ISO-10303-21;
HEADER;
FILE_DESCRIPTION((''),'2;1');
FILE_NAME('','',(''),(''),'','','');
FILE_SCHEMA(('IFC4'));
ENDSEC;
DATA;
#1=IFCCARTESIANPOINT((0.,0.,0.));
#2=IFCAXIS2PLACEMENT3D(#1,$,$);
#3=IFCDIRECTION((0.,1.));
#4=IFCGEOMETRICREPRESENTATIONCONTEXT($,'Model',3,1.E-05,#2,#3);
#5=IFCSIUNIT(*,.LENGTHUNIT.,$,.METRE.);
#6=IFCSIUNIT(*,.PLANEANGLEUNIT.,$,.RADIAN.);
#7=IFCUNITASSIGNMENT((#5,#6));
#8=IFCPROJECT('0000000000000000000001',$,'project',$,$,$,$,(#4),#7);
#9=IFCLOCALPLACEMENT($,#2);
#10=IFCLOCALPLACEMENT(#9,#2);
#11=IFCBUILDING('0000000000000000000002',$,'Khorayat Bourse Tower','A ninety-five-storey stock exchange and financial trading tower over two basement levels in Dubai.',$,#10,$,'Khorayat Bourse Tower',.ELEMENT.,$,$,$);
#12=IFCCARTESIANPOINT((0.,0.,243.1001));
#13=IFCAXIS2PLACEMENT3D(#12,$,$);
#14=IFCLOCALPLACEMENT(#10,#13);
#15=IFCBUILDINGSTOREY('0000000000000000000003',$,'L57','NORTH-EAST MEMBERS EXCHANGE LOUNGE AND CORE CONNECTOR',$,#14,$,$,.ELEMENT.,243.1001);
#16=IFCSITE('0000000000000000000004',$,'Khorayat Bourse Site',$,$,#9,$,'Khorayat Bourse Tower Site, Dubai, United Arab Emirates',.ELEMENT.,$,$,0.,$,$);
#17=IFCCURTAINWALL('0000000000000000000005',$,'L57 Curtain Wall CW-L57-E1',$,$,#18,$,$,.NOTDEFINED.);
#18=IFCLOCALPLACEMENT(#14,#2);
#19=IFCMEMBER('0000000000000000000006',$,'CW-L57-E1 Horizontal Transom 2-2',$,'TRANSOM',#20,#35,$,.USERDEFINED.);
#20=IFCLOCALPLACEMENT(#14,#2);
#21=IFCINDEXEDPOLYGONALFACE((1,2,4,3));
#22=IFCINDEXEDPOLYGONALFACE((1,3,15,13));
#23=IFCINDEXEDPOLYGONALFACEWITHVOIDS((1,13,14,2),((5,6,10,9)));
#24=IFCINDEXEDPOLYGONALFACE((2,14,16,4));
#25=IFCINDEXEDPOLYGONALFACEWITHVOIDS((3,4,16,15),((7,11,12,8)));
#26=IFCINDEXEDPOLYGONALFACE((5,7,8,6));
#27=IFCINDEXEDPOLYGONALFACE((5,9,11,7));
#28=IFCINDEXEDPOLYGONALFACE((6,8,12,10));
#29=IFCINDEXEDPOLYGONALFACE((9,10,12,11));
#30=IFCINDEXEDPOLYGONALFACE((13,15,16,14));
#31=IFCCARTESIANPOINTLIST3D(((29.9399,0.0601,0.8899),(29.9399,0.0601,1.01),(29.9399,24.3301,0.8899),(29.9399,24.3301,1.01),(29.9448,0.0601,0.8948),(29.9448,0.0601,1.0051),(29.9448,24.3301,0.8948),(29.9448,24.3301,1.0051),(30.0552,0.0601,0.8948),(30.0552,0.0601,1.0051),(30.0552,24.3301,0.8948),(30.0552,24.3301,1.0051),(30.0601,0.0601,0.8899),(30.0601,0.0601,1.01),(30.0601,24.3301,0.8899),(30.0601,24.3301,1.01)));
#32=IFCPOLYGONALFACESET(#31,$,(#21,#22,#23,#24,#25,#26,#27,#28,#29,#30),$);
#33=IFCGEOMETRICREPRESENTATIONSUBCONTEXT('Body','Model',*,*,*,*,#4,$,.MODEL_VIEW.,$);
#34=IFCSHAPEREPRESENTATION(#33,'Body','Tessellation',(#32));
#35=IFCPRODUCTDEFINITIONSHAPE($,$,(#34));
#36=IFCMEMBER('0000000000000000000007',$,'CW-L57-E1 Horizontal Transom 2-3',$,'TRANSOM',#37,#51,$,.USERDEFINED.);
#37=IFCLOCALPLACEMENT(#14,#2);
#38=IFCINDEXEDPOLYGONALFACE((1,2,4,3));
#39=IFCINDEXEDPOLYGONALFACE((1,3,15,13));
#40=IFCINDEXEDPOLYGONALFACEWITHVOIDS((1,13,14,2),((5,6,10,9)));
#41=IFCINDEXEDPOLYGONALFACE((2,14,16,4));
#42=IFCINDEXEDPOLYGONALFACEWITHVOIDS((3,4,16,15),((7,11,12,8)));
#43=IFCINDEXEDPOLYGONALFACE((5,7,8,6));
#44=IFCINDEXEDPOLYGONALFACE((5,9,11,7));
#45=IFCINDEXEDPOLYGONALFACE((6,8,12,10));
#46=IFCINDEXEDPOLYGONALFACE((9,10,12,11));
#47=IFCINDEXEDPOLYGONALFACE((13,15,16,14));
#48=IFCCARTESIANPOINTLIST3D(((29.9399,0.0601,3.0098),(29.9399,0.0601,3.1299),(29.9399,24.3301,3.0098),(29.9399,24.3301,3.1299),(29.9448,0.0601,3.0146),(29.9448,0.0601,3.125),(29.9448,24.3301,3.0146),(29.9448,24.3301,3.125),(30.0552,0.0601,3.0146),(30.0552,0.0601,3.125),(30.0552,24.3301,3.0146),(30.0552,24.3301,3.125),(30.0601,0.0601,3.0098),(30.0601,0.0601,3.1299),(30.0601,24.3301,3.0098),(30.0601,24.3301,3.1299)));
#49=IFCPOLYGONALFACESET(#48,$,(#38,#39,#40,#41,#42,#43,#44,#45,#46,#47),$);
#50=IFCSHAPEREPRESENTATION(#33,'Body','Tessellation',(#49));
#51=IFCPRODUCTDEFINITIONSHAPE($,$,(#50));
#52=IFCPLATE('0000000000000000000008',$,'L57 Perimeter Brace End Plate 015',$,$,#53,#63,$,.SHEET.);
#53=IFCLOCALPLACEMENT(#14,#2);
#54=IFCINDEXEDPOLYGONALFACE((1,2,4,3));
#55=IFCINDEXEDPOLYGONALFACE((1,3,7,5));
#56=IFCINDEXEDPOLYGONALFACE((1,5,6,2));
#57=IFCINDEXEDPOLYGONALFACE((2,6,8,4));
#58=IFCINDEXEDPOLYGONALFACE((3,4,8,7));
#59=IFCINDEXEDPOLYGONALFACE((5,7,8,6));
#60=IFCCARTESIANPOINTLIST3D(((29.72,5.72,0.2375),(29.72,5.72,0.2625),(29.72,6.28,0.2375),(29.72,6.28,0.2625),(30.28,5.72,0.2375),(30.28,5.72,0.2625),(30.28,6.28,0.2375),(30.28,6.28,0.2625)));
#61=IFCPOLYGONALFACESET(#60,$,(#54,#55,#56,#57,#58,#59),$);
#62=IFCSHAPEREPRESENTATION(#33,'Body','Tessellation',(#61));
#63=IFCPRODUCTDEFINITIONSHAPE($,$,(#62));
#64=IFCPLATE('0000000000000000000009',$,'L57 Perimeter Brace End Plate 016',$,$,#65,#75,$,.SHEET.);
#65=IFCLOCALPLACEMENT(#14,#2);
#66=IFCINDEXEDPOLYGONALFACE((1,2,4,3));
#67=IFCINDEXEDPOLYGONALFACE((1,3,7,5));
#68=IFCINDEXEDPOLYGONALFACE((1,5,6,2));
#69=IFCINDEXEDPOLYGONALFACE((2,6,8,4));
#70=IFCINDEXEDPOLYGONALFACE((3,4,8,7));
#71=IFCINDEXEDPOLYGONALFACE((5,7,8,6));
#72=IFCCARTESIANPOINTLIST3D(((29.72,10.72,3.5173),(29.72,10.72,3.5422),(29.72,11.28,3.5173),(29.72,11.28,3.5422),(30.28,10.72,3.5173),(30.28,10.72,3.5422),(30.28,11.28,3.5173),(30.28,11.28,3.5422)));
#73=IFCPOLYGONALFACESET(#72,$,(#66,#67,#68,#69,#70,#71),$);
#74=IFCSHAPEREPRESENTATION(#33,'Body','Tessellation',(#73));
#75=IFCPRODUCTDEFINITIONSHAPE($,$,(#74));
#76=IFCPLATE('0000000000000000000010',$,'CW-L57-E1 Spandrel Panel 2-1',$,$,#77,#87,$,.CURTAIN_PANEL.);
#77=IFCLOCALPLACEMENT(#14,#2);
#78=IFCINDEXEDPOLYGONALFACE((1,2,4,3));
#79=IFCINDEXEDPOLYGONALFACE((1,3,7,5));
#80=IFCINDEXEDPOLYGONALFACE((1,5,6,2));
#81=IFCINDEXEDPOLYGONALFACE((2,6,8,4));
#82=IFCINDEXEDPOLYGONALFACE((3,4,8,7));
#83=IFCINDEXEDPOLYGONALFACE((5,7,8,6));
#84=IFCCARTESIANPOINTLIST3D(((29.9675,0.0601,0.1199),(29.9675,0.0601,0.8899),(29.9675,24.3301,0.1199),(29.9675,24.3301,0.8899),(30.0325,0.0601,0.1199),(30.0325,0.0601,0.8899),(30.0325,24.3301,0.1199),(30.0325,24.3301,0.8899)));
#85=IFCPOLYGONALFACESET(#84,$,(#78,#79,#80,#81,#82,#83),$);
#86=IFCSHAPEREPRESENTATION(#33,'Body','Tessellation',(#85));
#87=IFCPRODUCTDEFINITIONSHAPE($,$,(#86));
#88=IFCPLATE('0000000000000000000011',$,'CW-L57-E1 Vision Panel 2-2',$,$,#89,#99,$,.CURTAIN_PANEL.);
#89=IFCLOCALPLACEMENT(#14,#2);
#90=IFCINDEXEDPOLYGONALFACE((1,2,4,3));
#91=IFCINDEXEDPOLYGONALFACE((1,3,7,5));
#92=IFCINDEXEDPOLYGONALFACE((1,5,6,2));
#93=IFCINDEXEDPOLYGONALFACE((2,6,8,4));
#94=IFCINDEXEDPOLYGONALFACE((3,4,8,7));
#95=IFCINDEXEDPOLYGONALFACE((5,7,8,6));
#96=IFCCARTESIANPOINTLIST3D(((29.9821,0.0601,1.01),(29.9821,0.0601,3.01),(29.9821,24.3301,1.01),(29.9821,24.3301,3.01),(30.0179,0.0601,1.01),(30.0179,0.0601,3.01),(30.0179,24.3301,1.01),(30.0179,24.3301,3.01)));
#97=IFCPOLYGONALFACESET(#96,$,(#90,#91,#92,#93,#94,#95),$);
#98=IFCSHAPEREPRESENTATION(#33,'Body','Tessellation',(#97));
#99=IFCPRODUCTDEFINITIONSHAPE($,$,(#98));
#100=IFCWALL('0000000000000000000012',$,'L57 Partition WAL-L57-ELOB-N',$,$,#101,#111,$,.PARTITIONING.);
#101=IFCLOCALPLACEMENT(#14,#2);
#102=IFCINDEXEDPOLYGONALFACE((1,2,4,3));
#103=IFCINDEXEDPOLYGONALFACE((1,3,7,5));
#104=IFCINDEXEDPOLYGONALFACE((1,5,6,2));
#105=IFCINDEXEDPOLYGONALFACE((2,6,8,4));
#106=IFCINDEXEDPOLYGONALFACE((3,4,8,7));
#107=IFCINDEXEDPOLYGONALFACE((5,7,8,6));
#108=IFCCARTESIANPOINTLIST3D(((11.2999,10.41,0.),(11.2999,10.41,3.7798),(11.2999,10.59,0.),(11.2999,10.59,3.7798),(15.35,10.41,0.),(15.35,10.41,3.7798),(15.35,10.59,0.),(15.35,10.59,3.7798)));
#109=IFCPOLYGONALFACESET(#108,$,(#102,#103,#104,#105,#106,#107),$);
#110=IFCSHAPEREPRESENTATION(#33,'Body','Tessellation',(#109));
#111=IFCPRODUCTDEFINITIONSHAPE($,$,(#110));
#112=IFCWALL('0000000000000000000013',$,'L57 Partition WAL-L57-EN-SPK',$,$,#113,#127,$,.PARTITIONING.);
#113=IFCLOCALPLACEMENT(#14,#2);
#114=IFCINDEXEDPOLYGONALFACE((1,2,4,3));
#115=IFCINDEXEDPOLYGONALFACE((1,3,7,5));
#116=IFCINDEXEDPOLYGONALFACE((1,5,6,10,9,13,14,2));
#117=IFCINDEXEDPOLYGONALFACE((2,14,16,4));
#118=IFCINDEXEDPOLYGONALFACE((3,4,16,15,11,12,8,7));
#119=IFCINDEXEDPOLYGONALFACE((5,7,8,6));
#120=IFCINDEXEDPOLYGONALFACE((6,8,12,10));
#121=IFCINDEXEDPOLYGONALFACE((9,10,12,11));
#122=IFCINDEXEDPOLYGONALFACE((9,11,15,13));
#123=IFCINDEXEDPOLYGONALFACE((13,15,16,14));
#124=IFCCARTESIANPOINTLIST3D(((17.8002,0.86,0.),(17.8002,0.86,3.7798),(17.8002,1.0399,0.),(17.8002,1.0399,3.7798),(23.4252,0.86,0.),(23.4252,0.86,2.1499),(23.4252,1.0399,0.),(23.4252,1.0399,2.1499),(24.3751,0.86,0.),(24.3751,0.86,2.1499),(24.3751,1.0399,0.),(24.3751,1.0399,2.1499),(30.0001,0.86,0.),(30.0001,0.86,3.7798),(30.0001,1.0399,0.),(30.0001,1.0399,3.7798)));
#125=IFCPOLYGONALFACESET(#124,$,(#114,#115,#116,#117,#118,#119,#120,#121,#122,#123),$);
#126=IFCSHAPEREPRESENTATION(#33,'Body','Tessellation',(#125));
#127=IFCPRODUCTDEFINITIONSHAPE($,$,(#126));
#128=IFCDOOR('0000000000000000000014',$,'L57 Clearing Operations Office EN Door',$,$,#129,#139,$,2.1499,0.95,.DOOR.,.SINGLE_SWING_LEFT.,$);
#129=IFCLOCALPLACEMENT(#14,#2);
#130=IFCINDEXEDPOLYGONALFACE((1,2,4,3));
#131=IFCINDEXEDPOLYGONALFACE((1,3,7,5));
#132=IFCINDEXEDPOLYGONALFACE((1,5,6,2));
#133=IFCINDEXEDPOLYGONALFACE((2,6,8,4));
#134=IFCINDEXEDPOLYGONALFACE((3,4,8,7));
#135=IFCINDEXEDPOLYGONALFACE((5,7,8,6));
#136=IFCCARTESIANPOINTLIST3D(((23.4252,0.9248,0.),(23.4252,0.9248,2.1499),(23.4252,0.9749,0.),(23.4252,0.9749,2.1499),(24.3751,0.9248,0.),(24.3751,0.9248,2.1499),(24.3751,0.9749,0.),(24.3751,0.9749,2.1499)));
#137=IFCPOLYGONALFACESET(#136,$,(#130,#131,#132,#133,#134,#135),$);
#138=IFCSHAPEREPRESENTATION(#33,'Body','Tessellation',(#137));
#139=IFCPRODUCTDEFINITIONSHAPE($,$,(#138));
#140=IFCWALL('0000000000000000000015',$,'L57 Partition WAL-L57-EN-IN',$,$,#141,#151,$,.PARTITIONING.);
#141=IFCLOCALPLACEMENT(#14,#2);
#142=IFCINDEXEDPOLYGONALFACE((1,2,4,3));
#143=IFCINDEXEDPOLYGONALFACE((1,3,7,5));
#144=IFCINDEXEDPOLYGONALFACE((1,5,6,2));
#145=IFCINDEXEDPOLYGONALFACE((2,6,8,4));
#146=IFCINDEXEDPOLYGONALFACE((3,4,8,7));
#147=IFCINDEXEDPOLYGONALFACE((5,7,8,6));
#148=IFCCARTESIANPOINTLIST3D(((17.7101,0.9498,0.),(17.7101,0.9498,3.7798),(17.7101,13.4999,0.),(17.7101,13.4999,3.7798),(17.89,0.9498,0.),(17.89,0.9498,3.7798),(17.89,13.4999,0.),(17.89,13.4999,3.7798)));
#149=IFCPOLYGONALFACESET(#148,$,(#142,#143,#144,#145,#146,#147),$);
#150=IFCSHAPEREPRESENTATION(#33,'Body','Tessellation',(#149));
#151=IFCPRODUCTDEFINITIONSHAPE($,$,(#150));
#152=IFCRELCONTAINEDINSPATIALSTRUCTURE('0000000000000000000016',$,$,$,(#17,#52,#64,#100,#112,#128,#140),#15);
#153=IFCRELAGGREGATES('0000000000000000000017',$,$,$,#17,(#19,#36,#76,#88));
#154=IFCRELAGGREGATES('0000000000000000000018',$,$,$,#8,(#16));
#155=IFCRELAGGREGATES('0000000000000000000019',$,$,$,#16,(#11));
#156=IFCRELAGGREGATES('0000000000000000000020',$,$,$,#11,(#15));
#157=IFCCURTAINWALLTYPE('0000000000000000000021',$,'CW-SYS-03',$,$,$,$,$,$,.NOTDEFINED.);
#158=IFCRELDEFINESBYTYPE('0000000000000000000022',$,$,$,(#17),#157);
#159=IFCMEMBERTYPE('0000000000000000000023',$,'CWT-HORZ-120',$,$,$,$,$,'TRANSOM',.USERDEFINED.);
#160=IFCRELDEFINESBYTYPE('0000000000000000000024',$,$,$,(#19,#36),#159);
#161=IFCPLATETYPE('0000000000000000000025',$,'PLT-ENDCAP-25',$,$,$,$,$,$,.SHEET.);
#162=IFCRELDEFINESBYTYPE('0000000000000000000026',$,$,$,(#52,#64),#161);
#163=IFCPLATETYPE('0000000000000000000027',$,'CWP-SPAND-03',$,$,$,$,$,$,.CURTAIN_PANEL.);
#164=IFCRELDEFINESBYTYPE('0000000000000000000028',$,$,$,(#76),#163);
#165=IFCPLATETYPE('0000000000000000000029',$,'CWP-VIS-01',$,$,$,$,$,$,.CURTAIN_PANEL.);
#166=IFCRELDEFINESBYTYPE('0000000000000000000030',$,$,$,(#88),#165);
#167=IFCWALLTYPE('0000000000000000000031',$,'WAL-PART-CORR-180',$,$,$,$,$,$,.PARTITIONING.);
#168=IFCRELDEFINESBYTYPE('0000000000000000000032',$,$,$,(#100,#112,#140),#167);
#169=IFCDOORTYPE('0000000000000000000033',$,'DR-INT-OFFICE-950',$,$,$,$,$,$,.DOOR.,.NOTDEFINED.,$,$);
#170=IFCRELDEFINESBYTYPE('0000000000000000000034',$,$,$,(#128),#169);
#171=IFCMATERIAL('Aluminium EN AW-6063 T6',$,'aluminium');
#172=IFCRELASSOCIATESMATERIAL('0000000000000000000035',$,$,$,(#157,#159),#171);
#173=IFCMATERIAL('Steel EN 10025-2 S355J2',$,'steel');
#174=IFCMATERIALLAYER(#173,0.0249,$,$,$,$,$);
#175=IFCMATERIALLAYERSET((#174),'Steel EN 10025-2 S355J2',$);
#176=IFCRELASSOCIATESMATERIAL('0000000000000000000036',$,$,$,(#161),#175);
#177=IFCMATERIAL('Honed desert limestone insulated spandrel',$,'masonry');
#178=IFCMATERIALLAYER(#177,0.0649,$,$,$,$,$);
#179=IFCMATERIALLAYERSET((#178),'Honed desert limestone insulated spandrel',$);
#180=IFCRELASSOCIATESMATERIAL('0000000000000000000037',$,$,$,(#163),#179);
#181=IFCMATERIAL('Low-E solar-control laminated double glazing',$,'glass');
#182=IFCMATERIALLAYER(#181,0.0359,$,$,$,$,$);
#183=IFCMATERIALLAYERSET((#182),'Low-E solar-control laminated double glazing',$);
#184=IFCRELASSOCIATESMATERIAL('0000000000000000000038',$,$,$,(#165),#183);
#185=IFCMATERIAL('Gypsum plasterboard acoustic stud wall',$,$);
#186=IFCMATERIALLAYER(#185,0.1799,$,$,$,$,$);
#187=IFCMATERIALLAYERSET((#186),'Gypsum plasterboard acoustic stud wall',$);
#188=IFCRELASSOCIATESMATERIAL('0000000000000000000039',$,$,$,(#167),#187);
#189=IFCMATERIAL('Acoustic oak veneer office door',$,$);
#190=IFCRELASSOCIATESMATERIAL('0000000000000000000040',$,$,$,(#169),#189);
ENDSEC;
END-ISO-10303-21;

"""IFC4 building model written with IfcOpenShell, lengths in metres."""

from ifc_helpers import new_model, si_unit, direction, frame, frame_2d, origin, origin_2d, place, context, subcontext, project, spatial, rectangle, hollow_rectangle, extrude, source, transform, mapped, material, layer, layer_set, material_profile, profile_set, type_object, element, fill, aggregate, save


model = new_model("IFC4")

# Units and contexts
model_context = context("Model", 3, precision=1e-05, world=origin(), true_north=direction((0.0, 1.0)))
body_context = subcontext(model_context, "Body", "Model", "MODEL_VIEW")
ifc_project = project(units=[si_unit("LENGTHUNIT", "METRE"), si_unit("PLANEANGLEUNIT", "RADIAN")], contexts=[model_context])

# Site, building, storey
site_placement = place(None, origin())
site = spatial("IfcSite", under=ifc_project, at=site_placement, Name="Khorayat Bourse Site", LongName="Khorayat Bourse Tower Site, Dubai, United Arab Emirates", CompositionType="ELEMENT", RefElevation=0.0)
building_placement = place(site_placement, origin())
building = spatial("IfcBuilding", under=site, at=building_placement, Name="Khorayat Bourse Tower", Description="A ninety-five-storey stock exchange and financial trading tower over two basement levels in Dubai.", LongName="Khorayat Bourse Tower", CompositionType="ELEMENT")
storey_placement = place(building_placement, frame((0.0, 0.0, 243.1001)))
storey = spatial("IfcBuildingStorey", under=building, at=storey_placement, Name="L57", Description="NORTH-EAST MEMBERS EXCHANGE LOUNGE AND CORE CONNECTOR", CompositionType="ELEMENT", Elevation=243.1001)

# Curtain wall, members
ifc_material_1 = material(Name="Aluminium EN AW-6063 T6", Category="aluminium")
curtain_wall_type = type_object("IfcCurtainWallType", Name="CW-SYS-03", PredefinedType="NOTDEFINED", material=ifc_material_1)
curtain_wall_placement = place(storey_placement, origin())
curtain_wall = element("IfcCurtainWall", 1, at=curtain_wall_placement, inside=storey, type_object=curtain_wall_type, Name="L57 Curtain Wall CW-L57-E1", PredefinedType="NOTDEFINED")
ifc_material_profile_1 = material_profile(ifc_material_1, hollow_rectangle(XDim=0.1201, YDim=0.1201, WallThickness=0.0049, at=origin_2d()), Name="ALU 120x120x5")
ifc_profile_set_1 = profile_set([ifc_material_profile_1], Name="Aluminium EN AW-6063 T6")
member_type_1 = type_object("IfcMemberType", Name="CWT-HORZ-120", ElementType="TRANSOM", PredefinedType="USERDEFINED", material=ifc_profile_set_1)
shared_shape_1 = source(origin(), body_context, "Body", "SweptSolid", [
    extrude(hollow_rectangle(XDim=0.1201, YDim=0.1201, WallThickness=0.0049, at=origin_2d()), origin(), (0.0, 0.0, 1.0), 24.27),
])
member_1_placement = place(storey_placement, frame((30.0, 0.0601, 0.95), z_axis=(0.0, 1.0, 0.0), x_axis=(-1.0, 0.0, 0.0)))
member_1 = element("IfcMember", 2, at=member_1_placement, type_object=member_type_1, Name="CW-L57-E1 Horizontal Transom 2-2", ObjectType="TRANSOM", PredefinedType="USERDEFINED", context=body_context, shape_type="MappedRepresentation", body=[
    mapped(shared_shape_1, transform((0.0, 0.0, 0.0), scale=1.0)),
])
member_2_placement = place(storey_placement, frame((30.0, 0.0601, 3.0698), z_axis=(0.0, 1.0, 0.0), x_axis=(-1.0, 0.0, 0.0)))
member_2 = element("IfcMember", 3, at=member_2_placement, type_object=member_type_1, Name="CW-L57-E1 Horizontal Transom 2-3", ObjectType="TRANSOM", PredefinedType="USERDEFINED", context=body_context, shape_type="MappedRepresentation", body=[
    mapped(shared_shape_1, transform((0.0, 0.0, 0.0), scale=1.0)),
])

# Plates
ifc_material_2 = material(Name="Steel EN 10025-2 S355J2", Category="steel")
ifc_layer_1 = layer(ifc_material_2, 0.0249)
ifc_layer_set_1 = layer_set([ifc_layer_1], Name="Steel EN 10025-2 S355J2")
plate_type_1 = type_object("IfcPlateType", Name="PLT-ENDCAP-25", PredefinedType="SHEET", material=ifc_layer_set_1)
shared_shape_2 = source(origin(), body_context, "Body", "SweptSolid", [
    extrude(rectangle(XDim=0.5601, YDim=0.5601, at=origin_2d()), origin(), (0.0, 0.0, 1.0), 0.0249),
])
for number, where, z_axis, x_axis, name in (
    (4, (30.0, 6.0, 0.2375), (0.0, 0.0, 1.0), (1.0, 0.0, 0.0), "L57 Perimeter Brace End Plate 015"),
    (5, (30.0, 11.0, 3.5173), (0.0, 0.0, 1.0), (1.0, 0.0, 0.0), "L57 Perimeter Brace End Plate 016"),
):
    element("IfcPlate", number, at=place(storey_placement, frame(where, z_axis=z_axis, x_axis=x_axis)), inside=storey, type_object=plate_type_1, Name=name, PredefinedType="SHEET", context=body_context, shape_type="MappedRepresentation", body=[
        mapped(shared_shape_2, transform((0.0, 0.0, 0.0), scale=1.0)),
    ])

# Plates
ifc_material_3 = material(Name="Honed desert limestone insulated spandrel", Category="masonry")
ifc_layer_2 = layer(ifc_material_3, 0.0649)
ifc_layer_set_2 = layer_set([ifc_layer_2], Name="Honed desert limestone insulated spandrel")
plate_type_2 = type_object("IfcPlateType", Name="CWP-SPAND-03", PredefinedType="CURTAIN_PANEL", material=ifc_layer_set_2)
shared_shape_3 = source(origin(), body_context, "Body", "SweptSolid", [
    extrude(rectangle(XDim=24.27, YDim=0.0649, at=origin_2d()), origin(), (0.0, 0.0, 1.0), 0.77),
])
plate_1_placement = place(storey_placement, frame((30.0, 12.1951, 0.1199), z_axis=(0.0, 0.0, 1.0), x_axis=(0.0, 1.0, 0.0)))
plate_1 = element("IfcPlate", 6, at=plate_1_placement, type_object=plate_type_2, Name="CW-L57-E1 Spandrel Panel 2-1", PredefinedType="CURTAIN_PANEL", context=body_context, shape_type="MappedRepresentation", body=[
    mapped(shared_shape_3, transform((0.0, 0.0, 0.0), scale=1.0)),
])
ifc_material_4 = material(Name="Low-E solar-control laminated double glazing", Category="glass")
ifc_layer_3 = layer(ifc_material_4, 0.0359)
ifc_layer_set_3 = layer_set([ifc_layer_3], Name="Low-E solar-control laminated double glazing")
plate_type_3 = type_object("IfcPlateType", Name="CWP-VIS-01", PredefinedType="CURTAIN_PANEL", material=ifc_layer_set_3)
shared_shape_4 = source(origin(), body_context, "Body", "SweptSolid", [
    extrude(rectangle(XDim=24.27, YDim=0.0359, at=origin_2d()), origin(), (0.0, 0.0, 1.0), 2.0),
])
plate_2_placement = place(storey_placement, frame((30.0, 12.1951, 1.01), z_axis=(0.0, 0.0, 1.0), x_axis=(0.0, 1.0, 0.0)))
plate_2 = element("IfcPlate", 7, at=plate_2_placement, type_object=plate_type_3, Name="CW-L57-E1 Vision Panel 2-2", PredefinedType="CURTAIN_PANEL", context=body_context, shape_type="MappedRepresentation", body=[
    mapped(shared_shape_4, transform((0.0, 0.0, 0.0), scale=1.0)),
])
aggregate(curtain_wall, [member_1, member_2, plate_1, plate_2])

# Wall
ifc_material_5 = material(Name="Gypsum plasterboard acoustic stud wall")
ifc_layer_4 = layer(ifc_material_5, 0.1799)
ifc_layer_set_4 = layer_set([ifc_layer_4], Name="Gypsum plasterboard acoustic stud wall")
wall_type = type_object("IfcWallType", Name="WAL-PART-CORR-180", PredefinedType="PARTITIONING", material=ifc_layer_set_4)
shared_shape_5 = source(origin(), body_context, "Body", "SweptSolid", [
    extrude(rectangle(XDim=4.05, YDim=0.1799, at=frame_2d((2.0249, 0.0))), origin(), (0.0, 0.0, 1.0), 3.7798),
])
wall_1_placement = place(storey_placement, frame((11.3, 10.5, 0.0), z_axis=(0.0, 0.0, 1.0), x_axis=(1.0, 0.0, 0.0)))
element("IfcWall", 8, at=wall_1_placement, inside=storey, type_object=wall_type, Name="L57 Partition WAL-L57-ELOB-N", PredefinedType="PARTITIONING", context=body_context, shape_type="MappedRepresentation", body=[
    mapped(shared_shape_5, transform((0.0, 0.0, 0.0), scale=1.0)),
])

# Wall, opening, door
shared_shape_6 = source(origin(), body_context, "Body", "SweptSolid", [
    extrude(rectangle(XDim=12.2, YDim=0.1799, at=frame_2d((6.1001, 0.0))), origin(), (0.0, 0.0, 1.0), 3.7798),
])
wall_2_placement = place(storey_placement, frame((17.8, 0.95, 0.0), z_axis=(0.0, 0.0, 1.0), x_axis=(1.0, 0.0, 0.0)))
wall_2 = element("IfcWall", 9, at=wall_2_placement, inside=storey, type_object=wall_type, Name="L57 Partition WAL-L57-EN-SPK", PredefinedType="PARTITIONING", context=body_context, shape_type="MappedRepresentation", body=[
    mapped(shared_shape_6, transform((0.0, 0.0, 0.0), scale=1.0)),
])
shared_shape_7 = source(origin(), body_context, "Body", "SweptSolid", [
    extrude(rectangle(XDim=0.95, YDim=2.1499, at=frame_2d((0.4751, 1.075))), frame((0.0, 0.0999, 0.0), z_axis=(0.0, -1.0, 0.0), x_axis=(1.0, 0.0, 0.0)), (0.0, 0.0, 1.0), 0.2),
])
opening_placement = place(wall_2_placement, frame((5.625, 0.0, 0.0)))
opening = element("IfcOpeningElement", 10, at=opening_placement, cuts=wall_2, PredefinedType="OPENING", context=body_context, shape_type="MappedRepresentation", body=[
    mapped(shared_shape_7, transform((0.0, 0.0, 0.0), scale=1.0)),
])
ifc_material_6 = material(Name="Acoustic oak veneer office door")
door_type = type_object("IfcDoorType", Name="DR-INT-OFFICE-950", OperationType="NOTDEFINED", PredefinedType="DOOR", material=ifc_material_6)
shared_shape_8 = source(origin(), body_context, "Body", "SweptSolid", [
    extrude(rectangle(XDim=0.95, YDim=2.1499, at=frame_2d((0.4751, 1.075))), frame((0.0, 0.0249, 0.0), z_axis=(0.0, -1.0, 0.0), x_axis=(1.0, 0.0, 0.0)), (0.0, 0.0, 1.0), 0.05),
])
door_placement = place(opening_placement, origin())
door = element("IfcDoor", 11, at=door_placement, inside=storey, type_object=door_type, Name="L57 Clearing Operations Office EN Door", OperationType="SINGLE_SWING_LEFT", OverallHeight=2.1499, OverallWidth=0.95, PredefinedType="DOOR", context=body_context, shape_type="MappedRepresentation", body=[
    mapped(shared_shape_8, transform((0.0, 0.0, 0.0), scale=1.0)),
])
fill(opening, door)

# Wall
shared_shape_9 = source(origin(), body_context, "Body", "SweptSolid", [
    extrude(rectangle(XDim=12.55, YDim=0.1799, at=frame_2d((6.2749, 0.0))), origin(), (0.0, 0.0, 1.0), 3.7798),
])
wall_3_placement = place(storey_placement, frame((17.8, 0.95, 0.0), z_axis=(0.0, 0.0, 1.0), x_axis=(0.0, 1.0, 0.0)))
element("IfcWall", 12, at=wall_3_placement, inside=storey, type_object=wall_type, Name="L57 Partition WAL-L57-EN-IN", PredefinedType="PARTITIONING", context=body_context, shape_type="MappedRepresentation", body=[
    mapped(shared_shape_9, transform((0.0, 0.0, 0.0), scale=1.0)),
])

save(model, "model.ifc")
